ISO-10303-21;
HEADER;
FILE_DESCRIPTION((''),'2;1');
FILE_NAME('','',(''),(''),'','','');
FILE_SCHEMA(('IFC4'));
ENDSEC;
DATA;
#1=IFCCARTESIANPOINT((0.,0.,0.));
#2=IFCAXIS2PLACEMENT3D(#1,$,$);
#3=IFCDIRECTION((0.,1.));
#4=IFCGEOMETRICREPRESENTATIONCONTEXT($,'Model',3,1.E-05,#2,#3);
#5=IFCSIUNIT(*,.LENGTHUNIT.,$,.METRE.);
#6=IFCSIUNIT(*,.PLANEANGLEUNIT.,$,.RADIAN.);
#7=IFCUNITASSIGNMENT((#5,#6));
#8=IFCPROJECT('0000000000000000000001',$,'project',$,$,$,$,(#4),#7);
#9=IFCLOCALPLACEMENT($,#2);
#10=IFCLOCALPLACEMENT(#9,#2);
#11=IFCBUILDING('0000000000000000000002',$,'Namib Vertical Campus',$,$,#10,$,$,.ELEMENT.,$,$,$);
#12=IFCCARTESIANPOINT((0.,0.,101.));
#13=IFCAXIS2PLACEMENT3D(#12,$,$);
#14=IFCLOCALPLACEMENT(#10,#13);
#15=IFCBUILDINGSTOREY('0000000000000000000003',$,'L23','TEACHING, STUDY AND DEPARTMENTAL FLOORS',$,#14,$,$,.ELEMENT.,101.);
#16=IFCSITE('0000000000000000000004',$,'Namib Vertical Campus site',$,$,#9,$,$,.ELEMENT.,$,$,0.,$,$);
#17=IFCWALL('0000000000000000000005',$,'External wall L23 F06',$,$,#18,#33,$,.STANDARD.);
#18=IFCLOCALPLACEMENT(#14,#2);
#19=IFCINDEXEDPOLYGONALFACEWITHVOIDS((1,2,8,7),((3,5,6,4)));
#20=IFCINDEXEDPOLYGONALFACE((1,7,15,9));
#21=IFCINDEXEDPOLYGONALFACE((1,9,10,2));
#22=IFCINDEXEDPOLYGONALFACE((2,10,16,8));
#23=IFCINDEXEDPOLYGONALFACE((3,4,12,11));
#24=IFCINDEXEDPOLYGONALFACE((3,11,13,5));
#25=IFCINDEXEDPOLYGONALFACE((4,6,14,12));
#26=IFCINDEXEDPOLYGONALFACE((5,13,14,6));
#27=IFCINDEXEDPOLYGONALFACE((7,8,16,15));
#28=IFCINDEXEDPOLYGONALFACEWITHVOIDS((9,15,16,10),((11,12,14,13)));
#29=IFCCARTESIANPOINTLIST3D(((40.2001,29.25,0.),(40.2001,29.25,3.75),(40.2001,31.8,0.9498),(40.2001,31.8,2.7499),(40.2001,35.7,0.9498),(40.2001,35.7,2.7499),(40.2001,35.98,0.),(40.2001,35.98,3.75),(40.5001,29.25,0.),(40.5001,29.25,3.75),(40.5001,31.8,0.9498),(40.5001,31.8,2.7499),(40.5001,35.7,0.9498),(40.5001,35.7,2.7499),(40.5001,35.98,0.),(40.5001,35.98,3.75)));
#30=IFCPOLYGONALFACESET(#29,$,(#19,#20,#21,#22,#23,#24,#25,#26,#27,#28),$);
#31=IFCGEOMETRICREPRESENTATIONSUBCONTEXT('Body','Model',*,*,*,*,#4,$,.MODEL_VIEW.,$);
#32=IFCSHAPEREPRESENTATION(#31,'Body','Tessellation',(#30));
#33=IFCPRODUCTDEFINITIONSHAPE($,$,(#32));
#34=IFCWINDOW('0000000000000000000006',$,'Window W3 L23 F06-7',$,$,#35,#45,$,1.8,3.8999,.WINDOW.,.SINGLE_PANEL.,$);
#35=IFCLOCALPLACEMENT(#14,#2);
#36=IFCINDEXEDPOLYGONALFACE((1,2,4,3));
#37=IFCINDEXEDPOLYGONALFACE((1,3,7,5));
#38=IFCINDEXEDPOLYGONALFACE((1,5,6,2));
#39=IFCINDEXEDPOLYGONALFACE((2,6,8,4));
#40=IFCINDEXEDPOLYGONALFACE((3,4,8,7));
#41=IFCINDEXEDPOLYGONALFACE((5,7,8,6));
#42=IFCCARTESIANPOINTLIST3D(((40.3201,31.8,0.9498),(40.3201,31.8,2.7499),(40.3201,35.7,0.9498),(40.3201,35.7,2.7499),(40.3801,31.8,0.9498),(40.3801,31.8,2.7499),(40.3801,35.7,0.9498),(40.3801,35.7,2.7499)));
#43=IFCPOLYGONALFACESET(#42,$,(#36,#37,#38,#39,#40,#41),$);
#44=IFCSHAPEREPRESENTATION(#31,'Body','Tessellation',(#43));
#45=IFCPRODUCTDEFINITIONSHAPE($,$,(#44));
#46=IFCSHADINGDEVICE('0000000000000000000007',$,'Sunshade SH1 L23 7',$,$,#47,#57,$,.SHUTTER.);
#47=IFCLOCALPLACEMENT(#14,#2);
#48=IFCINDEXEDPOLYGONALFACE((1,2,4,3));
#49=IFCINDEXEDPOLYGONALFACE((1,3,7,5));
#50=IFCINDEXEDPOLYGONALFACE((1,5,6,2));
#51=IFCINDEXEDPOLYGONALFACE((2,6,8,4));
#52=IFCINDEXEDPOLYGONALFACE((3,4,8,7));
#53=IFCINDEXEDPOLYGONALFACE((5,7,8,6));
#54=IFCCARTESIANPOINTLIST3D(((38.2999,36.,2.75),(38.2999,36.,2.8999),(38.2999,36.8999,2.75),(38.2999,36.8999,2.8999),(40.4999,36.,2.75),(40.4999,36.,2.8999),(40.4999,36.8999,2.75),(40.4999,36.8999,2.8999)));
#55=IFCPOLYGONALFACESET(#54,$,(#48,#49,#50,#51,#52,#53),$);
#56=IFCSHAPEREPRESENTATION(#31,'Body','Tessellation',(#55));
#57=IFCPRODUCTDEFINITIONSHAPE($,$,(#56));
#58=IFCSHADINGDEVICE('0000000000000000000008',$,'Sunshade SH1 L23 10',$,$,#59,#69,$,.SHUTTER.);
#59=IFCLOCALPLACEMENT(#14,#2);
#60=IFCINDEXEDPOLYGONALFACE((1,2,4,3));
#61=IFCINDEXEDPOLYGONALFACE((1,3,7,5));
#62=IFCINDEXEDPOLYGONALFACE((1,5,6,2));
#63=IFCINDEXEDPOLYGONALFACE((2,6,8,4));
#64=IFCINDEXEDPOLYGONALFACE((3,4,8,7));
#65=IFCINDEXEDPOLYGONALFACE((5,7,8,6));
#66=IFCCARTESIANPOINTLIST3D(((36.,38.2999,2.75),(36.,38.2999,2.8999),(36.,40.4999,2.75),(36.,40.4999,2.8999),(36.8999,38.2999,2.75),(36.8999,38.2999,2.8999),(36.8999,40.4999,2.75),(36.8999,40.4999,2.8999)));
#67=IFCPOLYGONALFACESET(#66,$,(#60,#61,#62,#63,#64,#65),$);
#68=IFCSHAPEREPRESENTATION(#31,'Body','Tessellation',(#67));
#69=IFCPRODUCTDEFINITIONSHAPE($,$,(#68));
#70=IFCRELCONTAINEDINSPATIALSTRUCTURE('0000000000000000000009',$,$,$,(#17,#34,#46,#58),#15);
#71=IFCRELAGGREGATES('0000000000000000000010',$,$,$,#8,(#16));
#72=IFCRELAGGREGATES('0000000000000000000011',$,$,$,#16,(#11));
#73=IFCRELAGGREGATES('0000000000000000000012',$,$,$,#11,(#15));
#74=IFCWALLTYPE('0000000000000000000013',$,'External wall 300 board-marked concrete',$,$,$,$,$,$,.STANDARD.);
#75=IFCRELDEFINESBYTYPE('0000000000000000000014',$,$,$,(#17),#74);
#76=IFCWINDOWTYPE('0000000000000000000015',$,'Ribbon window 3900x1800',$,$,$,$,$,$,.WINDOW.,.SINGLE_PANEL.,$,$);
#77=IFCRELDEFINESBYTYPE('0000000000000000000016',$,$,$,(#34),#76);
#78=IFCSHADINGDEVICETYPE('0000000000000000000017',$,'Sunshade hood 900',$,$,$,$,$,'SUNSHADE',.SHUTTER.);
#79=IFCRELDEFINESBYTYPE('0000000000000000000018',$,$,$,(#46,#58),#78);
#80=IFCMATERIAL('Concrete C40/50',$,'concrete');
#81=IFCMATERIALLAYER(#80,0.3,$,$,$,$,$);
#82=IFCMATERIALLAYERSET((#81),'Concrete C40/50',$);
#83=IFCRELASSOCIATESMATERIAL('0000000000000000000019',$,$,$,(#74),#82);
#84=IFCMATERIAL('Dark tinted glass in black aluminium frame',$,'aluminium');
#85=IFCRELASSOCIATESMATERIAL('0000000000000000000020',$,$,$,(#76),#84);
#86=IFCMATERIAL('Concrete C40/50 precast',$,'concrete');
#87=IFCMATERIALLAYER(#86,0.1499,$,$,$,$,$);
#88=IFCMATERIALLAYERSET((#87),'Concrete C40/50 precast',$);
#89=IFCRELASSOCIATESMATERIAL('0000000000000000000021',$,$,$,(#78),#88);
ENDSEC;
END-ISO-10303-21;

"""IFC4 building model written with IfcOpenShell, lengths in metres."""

from ifc_helpers import new_model, si_unit, direction, frame, frame_2d, origin, origin_2d, place, context, subcontext, project, spatial, rectangle, extrude, material, layer, layer_set, type_object, element, fill, save


model = new_model("IFC4")

# Units and contexts
model_context = context("Model", 3, precision=1e-05, world=origin(), true_north=direction((0.0, 1.0)))
body_context = subcontext(model_context, "Body", "Model", "MODEL_VIEW")
ifc_project = project(units=[si_unit("LENGTHUNIT", "METRE"), si_unit("PLANEANGLEUNIT", "RADIAN")], contexts=[model_context])

# Site, building, storey
site_placement = place(None, origin())
site = spatial("IfcSite", under=ifc_project, at=site_placement, Name="Namib Vertical Campus site", CompositionType="ELEMENT", RefElevation=0.0)
building_placement = place(site_placement, origin())
building = spatial("IfcBuilding", under=site, at=building_placement, Name="Namib Vertical Campus", CompositionType="ELEMENT")
storey_placement = place(building_placement, frame((0.0, 0.0, 101.0)))
storey = spatial("IfcBuildingStorey", under=building, at=storey_placement, Name="L23", Description="TEACHING, STUDY AND DEPARTMENTAL FLOORS", CompositionType="ELEMENT", Elevation=101.0)

# Shared definitions
ifc_material_1 = material(Name="Concrete C40/50", Category="concrete")
ifc_layer_1 = layer(ifc_material_1, 0.3)
ifc_layer_set_1 = layer_set([ifc_layer_1], Name="Concrete C40/50")
wall_type_1 = type_object("IfcWallType", Name="External wall 300 board-marked concrete", PredefinedType="STANDARD", material=ifc_layer_set_1)

# Wall, opening, window
wall_1_placement = place(storey_placement, frame((40.3501, 29.25, 0.0), z_axis=(0.0, 0.0, 1.0), x_axis=(0.0, 1.0, 0.0)))
wall_1 = element("IfcWall", 1, at=wall_1_placement, inside=storey, type_object=wall_type_1, Name="External wall L23 F06", PredefinedType="STANDARD", context=body_context, shape_type="SweptSolid", body=[
    extrude(rectangle(XDim=6.73, YDim=0.3, at=frame_2d((3.365, 0.0))), origin(), (0.0, 0.0, 1.0), 3.75),
])
opening_1_placement = place(wall_1_placement, frame((2.55, 0.0, 0.95)))
opening_1 = element("IfcOpeningElement", 2, at=opening_1_placement, cuts=wall_1, PredefinedType="OPENING", context=body_context, shape_type="SweptSolid", body=[
    extrude(rectangle(XDim=3.8999, YDim=1.8, at=frame_2d((1.95, 0.8999))), frame((0.0, 0.1599, 0.0), z_axis=(0.0, -1.0, 0.0), x_axis=(1.0, 0.0, 0.0)), (0.0, 0.0, 1.0), 0.3201),
])
ifc_material_2 = material(Name="Dark tinted glass in black aluminium frame", Category="aluminium")
window_type = type_object("IfcWindowType", Name="Ribbon window 3900x1800", PartitioningType="SINGLE_PANEL", PredefinedType="WINDOW", material=ifc_material_2)
window_placement = place(opening_1_placement, origin())
window = element("IfcWindow", 3, at=window_placement, inside=storey, type_object=window_type, Name="Window W3 L23 F06-7", OverallHeight=1.8, OverallWidth=3.8999, PartitioningType="SINGLE_PANEL", PredefinedType="WINDOW", context=body_context, shape_type="SweptSolid", body=[
    extrude(rectangle(XDim=3.8999, YDim=1.8, at=frame_2d((1.95, 0.8999))), frame((0.0, 0.03, 0.0), z_axis=(0.0, -1.0, 0.0), x_axis=(1.0, 0.0, 0.0)), (0.0, 0.0, 1.0), 0.0601),
])
fill(opening_1, window)

# Shading devices
ifc_material_3 = material(Name="Concrete C40/50 precast", Category="concrete")
ifc_layer_2 = layer(ifc_material_3, 0.1499)
ifc_layer_set_2 = layer_set([ifc_layer_2], Name="Concrete C40/50 precast")
shading_device_type = type_object("IfcShadingDeviceType", Name="Sunshade hood 900", ElementType="SUNSHADE", PredefinedType="SHUTTER", material=ifc_layer_set_2)
for number, where, z_axis, x_axis, name in (
    (4, (39.3999, 36.45, 2.75), (0.0, 0.0, 1.0), (-1.0, 0.0, 0.0), "Sunshade SH1 L23 7"),
    (5, (36.45, 39.3999, 2.75), (0.0, 0.0, 1.0), (0.0, 1.0, 0.0), "Sunshade SH1 L23 10"),
):
    element("IfcShadingDevice", number, at=place(storey_placement, frame(where, z_axis=z_axis, x_axis=x_axis)), inside=storey, type_object=shading_device_type, Name=name, PredefinedType="SHUTTER", context=body_context, shape_type="SweptSolid", body=[
        extrude(rectangle(XDim=2.2, YDim=0.8999, at=origin_2d()), origin(), (0.0, 0.0, 1.0), 0.1499),
    ])

save(model, "model.ifc")
